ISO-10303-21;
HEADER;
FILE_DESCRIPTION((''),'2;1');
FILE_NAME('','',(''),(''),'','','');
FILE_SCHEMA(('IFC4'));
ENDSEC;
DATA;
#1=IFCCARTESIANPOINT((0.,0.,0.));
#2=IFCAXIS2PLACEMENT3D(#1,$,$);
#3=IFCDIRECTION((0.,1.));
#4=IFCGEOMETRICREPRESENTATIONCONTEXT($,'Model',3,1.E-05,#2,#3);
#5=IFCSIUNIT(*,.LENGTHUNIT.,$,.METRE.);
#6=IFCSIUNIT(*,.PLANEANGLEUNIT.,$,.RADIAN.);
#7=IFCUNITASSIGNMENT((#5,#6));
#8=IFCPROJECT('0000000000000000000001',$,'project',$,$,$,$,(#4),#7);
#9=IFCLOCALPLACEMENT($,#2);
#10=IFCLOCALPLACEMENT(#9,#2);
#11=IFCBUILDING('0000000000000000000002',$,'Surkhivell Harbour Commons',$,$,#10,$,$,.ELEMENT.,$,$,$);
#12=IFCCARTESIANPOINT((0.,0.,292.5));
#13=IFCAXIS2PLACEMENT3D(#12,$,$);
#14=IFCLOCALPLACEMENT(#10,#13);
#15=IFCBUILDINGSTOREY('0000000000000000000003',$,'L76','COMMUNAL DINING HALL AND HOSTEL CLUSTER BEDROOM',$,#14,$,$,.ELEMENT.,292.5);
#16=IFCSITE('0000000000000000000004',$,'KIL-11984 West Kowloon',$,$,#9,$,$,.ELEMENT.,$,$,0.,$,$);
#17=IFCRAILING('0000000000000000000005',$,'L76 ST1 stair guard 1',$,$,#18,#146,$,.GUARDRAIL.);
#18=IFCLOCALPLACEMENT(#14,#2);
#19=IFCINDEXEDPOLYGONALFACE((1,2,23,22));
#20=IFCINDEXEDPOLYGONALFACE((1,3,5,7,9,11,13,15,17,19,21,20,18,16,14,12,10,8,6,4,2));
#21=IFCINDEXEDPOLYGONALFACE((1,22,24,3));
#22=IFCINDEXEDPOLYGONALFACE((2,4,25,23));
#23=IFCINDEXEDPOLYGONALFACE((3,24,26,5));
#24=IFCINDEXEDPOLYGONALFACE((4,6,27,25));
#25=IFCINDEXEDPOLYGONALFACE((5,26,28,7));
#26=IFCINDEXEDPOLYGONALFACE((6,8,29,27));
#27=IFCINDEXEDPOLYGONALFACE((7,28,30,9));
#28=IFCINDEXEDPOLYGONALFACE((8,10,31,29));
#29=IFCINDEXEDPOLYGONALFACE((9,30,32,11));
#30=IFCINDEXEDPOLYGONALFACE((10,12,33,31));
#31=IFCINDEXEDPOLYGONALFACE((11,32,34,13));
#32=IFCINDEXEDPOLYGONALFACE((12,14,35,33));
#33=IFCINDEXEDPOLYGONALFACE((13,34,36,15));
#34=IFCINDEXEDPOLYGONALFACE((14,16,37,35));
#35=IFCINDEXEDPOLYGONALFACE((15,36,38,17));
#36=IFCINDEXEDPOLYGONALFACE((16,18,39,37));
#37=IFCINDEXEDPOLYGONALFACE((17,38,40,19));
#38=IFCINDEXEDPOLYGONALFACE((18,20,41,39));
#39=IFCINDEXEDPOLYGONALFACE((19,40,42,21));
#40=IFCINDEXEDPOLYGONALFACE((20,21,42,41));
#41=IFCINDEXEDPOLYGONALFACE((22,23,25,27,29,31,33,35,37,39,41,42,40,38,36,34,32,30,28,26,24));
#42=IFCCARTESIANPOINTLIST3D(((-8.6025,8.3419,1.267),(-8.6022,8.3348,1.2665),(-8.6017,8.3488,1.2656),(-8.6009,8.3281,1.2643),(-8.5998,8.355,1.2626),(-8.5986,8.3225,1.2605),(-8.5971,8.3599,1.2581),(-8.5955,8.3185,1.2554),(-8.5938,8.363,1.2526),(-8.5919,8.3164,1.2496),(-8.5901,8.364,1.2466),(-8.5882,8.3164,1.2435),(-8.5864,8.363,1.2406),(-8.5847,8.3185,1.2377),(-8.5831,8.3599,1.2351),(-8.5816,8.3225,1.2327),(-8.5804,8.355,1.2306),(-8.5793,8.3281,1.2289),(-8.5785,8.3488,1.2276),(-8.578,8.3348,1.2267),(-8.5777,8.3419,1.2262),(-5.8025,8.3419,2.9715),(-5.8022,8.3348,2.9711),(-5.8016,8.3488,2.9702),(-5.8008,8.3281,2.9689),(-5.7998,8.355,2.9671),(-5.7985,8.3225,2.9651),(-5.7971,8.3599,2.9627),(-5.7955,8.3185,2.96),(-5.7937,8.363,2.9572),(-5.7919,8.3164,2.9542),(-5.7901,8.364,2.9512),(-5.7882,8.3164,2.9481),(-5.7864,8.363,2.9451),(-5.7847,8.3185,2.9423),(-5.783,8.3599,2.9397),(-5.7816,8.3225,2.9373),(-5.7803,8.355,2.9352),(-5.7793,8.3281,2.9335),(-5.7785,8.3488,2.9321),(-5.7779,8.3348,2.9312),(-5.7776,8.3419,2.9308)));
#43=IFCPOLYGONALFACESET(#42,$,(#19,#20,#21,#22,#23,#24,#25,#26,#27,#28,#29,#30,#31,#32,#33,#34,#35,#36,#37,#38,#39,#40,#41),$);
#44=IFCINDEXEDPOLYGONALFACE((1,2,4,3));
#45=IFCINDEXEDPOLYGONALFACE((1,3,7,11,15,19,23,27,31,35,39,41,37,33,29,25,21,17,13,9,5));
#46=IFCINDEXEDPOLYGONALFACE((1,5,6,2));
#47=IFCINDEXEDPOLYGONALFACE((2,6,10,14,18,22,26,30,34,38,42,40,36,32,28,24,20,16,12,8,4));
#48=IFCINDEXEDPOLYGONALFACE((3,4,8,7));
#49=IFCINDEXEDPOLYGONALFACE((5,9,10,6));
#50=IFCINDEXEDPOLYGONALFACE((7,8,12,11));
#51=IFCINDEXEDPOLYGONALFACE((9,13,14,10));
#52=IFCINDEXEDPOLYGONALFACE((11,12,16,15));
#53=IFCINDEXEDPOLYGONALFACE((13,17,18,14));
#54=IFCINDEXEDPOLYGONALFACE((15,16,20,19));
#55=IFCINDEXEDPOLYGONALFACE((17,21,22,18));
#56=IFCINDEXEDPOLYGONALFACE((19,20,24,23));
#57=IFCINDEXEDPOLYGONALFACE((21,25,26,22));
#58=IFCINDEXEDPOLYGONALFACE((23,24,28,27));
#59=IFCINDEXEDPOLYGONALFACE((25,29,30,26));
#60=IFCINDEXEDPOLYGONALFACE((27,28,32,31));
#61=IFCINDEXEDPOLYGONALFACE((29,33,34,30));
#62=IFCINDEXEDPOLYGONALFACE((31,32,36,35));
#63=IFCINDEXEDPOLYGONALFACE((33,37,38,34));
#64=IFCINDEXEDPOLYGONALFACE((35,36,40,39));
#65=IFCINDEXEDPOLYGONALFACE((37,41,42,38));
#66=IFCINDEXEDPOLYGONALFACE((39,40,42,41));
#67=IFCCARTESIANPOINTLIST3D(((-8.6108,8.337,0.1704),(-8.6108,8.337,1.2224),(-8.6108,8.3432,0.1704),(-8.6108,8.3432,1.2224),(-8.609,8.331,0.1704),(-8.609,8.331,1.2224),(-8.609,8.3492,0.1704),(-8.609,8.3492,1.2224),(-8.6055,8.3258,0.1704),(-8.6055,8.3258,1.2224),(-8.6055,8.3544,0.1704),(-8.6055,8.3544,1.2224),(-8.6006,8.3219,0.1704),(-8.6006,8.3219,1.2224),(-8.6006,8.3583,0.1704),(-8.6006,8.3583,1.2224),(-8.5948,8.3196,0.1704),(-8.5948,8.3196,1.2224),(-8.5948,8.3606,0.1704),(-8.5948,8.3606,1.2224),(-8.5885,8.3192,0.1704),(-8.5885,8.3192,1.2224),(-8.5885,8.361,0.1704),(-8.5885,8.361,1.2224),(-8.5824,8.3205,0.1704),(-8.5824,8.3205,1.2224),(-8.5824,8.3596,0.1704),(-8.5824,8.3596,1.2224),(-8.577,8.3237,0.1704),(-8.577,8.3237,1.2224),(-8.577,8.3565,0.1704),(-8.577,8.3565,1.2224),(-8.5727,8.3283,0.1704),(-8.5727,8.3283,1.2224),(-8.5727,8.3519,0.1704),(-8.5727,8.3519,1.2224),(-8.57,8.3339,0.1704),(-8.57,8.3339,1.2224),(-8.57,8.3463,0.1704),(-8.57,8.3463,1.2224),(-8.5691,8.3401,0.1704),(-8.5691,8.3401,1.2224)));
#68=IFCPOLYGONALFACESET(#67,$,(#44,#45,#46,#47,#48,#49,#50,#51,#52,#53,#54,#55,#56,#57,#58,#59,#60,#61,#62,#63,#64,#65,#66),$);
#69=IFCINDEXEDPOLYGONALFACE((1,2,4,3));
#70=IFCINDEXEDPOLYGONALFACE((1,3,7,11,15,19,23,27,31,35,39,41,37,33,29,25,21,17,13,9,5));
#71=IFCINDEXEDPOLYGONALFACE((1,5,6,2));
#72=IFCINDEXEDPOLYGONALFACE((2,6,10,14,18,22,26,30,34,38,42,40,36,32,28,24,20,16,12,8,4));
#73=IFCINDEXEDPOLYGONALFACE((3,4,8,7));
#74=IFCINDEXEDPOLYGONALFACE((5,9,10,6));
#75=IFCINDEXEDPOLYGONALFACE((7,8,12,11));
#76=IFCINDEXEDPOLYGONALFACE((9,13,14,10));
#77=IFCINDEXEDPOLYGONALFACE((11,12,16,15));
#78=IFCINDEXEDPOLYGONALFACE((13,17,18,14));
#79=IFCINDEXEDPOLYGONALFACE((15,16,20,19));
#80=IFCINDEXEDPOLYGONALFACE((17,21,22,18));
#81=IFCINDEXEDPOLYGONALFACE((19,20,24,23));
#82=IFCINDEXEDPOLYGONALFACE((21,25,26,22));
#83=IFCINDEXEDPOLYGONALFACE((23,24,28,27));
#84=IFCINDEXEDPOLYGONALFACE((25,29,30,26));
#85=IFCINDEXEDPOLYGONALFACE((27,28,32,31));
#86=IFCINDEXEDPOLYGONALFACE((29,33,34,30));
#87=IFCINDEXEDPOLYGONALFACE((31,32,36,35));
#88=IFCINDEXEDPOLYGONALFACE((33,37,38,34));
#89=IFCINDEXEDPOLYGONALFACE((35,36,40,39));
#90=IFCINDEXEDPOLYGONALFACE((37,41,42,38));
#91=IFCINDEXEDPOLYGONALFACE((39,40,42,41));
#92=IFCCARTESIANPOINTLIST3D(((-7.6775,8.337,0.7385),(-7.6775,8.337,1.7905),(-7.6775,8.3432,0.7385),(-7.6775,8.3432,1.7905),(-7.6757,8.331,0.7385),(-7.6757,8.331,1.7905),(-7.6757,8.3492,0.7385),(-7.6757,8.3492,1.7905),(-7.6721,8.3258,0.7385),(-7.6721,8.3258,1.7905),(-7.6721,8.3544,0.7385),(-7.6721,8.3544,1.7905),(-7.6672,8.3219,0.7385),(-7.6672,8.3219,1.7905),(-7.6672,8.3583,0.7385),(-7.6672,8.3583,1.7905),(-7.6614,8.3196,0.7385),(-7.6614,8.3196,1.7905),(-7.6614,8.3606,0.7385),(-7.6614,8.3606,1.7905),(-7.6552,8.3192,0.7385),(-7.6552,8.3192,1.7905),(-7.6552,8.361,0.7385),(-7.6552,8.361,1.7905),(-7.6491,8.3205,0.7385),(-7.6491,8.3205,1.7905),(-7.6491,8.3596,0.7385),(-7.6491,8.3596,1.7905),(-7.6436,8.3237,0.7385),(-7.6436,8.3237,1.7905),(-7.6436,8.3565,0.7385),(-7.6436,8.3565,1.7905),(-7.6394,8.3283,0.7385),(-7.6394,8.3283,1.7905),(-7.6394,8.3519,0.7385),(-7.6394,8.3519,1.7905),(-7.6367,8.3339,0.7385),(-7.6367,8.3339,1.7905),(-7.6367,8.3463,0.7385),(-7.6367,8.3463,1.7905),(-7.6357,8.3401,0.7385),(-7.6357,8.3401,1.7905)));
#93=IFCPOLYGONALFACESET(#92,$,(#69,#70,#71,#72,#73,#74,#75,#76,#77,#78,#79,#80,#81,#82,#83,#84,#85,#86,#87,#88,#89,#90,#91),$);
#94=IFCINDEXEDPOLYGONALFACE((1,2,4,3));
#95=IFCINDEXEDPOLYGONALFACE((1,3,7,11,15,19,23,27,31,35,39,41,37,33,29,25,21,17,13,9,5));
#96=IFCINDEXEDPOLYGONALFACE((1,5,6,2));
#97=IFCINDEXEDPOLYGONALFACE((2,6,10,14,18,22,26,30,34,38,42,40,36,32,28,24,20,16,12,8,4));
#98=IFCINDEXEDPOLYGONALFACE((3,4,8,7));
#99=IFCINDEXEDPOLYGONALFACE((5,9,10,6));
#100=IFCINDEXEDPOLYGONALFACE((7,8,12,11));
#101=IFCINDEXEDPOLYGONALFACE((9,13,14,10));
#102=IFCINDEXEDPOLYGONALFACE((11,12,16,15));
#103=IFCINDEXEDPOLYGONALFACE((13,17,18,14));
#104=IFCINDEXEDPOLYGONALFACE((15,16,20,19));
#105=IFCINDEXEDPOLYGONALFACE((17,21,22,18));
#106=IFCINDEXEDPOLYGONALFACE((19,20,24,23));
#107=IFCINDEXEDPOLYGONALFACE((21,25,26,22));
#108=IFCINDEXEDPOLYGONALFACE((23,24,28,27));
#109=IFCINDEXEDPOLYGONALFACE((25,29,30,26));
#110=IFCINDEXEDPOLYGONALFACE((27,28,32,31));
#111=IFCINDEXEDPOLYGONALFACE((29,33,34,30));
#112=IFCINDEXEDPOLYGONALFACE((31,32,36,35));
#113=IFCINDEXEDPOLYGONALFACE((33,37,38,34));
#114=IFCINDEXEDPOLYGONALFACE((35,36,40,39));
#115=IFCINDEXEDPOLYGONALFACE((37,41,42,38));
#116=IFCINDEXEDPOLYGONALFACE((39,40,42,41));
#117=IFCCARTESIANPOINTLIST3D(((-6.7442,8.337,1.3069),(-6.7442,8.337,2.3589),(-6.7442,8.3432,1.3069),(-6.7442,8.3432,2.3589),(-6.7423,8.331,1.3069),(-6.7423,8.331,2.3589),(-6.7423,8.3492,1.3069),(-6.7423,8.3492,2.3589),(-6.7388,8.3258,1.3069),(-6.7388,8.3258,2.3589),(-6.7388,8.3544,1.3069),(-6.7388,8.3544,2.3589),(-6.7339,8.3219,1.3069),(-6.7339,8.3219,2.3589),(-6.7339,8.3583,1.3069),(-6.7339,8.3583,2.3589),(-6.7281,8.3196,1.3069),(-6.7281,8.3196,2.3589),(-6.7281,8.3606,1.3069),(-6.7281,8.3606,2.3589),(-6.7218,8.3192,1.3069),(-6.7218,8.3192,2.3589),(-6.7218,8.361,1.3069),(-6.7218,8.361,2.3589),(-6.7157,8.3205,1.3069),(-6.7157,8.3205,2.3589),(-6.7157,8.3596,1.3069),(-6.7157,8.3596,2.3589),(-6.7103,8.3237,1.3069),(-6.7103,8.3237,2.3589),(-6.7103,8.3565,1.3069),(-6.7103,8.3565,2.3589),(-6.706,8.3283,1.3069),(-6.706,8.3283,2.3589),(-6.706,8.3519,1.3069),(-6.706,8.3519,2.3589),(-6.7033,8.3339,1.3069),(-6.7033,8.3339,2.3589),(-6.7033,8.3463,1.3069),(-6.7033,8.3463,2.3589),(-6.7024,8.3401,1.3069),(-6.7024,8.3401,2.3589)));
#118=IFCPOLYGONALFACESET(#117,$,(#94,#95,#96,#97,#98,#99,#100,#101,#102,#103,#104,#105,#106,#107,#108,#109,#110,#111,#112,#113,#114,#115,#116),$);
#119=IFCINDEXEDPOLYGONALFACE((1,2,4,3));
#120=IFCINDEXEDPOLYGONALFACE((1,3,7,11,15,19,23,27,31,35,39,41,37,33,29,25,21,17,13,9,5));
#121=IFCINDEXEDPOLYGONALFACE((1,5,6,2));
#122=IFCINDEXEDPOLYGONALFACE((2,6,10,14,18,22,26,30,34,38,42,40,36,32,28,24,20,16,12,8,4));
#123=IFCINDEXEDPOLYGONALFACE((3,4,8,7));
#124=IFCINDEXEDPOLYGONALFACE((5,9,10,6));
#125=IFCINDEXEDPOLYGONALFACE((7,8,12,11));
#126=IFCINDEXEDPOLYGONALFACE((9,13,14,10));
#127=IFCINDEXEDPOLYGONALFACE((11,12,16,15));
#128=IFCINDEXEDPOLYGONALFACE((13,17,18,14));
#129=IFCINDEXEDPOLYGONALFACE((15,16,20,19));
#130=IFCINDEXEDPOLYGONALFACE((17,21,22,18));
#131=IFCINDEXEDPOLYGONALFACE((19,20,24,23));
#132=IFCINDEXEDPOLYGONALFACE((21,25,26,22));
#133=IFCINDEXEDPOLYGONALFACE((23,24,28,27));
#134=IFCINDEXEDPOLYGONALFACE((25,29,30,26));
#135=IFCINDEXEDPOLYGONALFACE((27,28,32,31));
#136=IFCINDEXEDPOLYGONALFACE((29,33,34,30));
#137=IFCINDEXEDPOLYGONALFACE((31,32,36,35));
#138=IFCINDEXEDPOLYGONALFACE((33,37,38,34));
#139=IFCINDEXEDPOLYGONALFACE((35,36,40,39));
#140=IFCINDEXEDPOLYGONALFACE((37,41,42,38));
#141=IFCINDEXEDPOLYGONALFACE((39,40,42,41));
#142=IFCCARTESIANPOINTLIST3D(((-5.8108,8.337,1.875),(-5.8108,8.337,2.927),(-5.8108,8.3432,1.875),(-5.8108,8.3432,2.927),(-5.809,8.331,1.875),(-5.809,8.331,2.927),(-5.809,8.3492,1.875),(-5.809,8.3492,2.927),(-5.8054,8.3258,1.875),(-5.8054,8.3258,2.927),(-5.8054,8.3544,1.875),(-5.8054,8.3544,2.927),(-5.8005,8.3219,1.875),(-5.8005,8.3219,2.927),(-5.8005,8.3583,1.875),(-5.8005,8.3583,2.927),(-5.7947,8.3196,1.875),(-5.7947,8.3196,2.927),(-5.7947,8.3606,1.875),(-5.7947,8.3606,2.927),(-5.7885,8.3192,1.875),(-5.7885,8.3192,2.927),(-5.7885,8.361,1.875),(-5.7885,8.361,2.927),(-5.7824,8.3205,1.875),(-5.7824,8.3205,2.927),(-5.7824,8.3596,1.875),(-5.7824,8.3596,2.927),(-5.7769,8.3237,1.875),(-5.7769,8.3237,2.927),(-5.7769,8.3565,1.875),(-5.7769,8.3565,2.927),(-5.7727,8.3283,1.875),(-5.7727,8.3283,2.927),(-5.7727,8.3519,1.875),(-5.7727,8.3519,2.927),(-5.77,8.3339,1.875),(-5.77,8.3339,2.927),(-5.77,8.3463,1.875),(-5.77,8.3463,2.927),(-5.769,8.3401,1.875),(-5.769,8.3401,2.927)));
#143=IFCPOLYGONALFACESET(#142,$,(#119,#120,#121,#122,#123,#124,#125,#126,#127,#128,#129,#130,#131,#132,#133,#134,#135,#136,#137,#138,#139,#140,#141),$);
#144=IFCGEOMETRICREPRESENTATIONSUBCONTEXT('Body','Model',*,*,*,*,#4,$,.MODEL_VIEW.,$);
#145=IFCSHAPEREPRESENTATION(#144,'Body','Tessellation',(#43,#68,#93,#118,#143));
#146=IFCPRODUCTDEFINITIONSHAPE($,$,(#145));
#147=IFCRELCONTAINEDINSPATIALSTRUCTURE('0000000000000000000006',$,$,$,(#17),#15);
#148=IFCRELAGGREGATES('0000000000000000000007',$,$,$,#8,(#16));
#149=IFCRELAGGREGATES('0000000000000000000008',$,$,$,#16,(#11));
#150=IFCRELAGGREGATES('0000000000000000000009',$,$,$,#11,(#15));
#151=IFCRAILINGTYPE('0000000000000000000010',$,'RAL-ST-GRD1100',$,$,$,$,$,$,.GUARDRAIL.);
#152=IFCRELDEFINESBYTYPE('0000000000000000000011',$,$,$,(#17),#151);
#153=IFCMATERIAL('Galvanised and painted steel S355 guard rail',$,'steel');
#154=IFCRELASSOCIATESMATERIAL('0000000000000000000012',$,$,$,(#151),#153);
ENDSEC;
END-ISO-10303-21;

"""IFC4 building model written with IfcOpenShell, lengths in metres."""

from ifc_helpers import new_model, si_unit, direction, frame, origin, origin_2d, place, context, subcontext, project, spatial, circle, extrude, material, type_object, element, save


model = new_model("IFC4")

# Units and contexts
model_context = context("Model", 3, precision=1e-05, world=origin(), true_north=direction((0.0, 1.0)))
body_context = subcontext(model_context, "Body", "Model", "MODEL_VIEW")
ifc_project = project(units=[si_unit("LENGTHUNIT", "METRE"), si_unit("PLANEANGLEUNIT", "RADIAN")], contexts=[model_context])

# Site, building, storey
site_placement = place(None, origin())
site = spatial("IfcSite", under=ifc_project, at=site_placement, Name="KIL-11984 West Kowloon", CompositionType="ELEMENT", RefElevation=0.0)
building_placement = place(site_placement, origin())
building = spatial("IfcBuilding", under=site, at=building_placement, Name="Surkhivell Harbour Commons", CompositionType="ELEMENT")
storey_placement = place(building_placement, frame((0.0, 0.0, 292.5)))
storey = spatial("IfcBuildingStorey", under=building, at=storey_placement, Name="L76", Description="COMMUNAL DINING HALL AND HOSTEL CLUSTER BEDROOM", CompositionType="ELEMENT", Elevation=292.5)

# Railing
ifc_material_1 = material(Name="Galvanised and painted steel S355 guard rail", Category="steel")
railing_type_1 = type_object("IfcRailingType", Name="RAL-ST-GRD1100", PredefinedType="GUARDRAIL", material=ifc_material_1)
railing_1_placement = place(storey_placement, frame((-8.5901, 8.3401, 0.1704)))
element("IfcRailing", 1, at=railing_1_placement, inside=storey, type_object=railing_type_1, Name="L76 ST1 stair guard 1", PredefinedType="GUARDRAIL", context=body_context, shape_type="SweptSolid", body=[
    extrude(circle(Radius=0.0239, at=origin_2d()), frame((0.0, 0.0, 1.0762), z_axis=(0.85417, 0.0, 0.519994), x_axis=(0.0, 1.0, 0.0)), (0.0, 0.0, 1.0), 3.2781),
    extrude(circle(Radius=0.021, at=origin_2d()), origin(), (0.0, 0.0, 1.0), 1.052),
    extrude(circle(Radius=0.021, at=origin_2d()), frame((0.9333, 0.0, 0.5681)), (0.0, 0.0, 1.0), 1.052),
    extrude(circle(Radius=0.021, at=origin_2d()), frame((1.8667, 0.0, 1.1365)), (0.0, 0.0, 1.0), 1.052),
    extrude(circle(Radius=0.021, at=origin_2d()), frame((2.8, 0.0, 1.7046)), (0.0, 0.0, 1.0), 1.052),
])

save(model, "model.ifc")
